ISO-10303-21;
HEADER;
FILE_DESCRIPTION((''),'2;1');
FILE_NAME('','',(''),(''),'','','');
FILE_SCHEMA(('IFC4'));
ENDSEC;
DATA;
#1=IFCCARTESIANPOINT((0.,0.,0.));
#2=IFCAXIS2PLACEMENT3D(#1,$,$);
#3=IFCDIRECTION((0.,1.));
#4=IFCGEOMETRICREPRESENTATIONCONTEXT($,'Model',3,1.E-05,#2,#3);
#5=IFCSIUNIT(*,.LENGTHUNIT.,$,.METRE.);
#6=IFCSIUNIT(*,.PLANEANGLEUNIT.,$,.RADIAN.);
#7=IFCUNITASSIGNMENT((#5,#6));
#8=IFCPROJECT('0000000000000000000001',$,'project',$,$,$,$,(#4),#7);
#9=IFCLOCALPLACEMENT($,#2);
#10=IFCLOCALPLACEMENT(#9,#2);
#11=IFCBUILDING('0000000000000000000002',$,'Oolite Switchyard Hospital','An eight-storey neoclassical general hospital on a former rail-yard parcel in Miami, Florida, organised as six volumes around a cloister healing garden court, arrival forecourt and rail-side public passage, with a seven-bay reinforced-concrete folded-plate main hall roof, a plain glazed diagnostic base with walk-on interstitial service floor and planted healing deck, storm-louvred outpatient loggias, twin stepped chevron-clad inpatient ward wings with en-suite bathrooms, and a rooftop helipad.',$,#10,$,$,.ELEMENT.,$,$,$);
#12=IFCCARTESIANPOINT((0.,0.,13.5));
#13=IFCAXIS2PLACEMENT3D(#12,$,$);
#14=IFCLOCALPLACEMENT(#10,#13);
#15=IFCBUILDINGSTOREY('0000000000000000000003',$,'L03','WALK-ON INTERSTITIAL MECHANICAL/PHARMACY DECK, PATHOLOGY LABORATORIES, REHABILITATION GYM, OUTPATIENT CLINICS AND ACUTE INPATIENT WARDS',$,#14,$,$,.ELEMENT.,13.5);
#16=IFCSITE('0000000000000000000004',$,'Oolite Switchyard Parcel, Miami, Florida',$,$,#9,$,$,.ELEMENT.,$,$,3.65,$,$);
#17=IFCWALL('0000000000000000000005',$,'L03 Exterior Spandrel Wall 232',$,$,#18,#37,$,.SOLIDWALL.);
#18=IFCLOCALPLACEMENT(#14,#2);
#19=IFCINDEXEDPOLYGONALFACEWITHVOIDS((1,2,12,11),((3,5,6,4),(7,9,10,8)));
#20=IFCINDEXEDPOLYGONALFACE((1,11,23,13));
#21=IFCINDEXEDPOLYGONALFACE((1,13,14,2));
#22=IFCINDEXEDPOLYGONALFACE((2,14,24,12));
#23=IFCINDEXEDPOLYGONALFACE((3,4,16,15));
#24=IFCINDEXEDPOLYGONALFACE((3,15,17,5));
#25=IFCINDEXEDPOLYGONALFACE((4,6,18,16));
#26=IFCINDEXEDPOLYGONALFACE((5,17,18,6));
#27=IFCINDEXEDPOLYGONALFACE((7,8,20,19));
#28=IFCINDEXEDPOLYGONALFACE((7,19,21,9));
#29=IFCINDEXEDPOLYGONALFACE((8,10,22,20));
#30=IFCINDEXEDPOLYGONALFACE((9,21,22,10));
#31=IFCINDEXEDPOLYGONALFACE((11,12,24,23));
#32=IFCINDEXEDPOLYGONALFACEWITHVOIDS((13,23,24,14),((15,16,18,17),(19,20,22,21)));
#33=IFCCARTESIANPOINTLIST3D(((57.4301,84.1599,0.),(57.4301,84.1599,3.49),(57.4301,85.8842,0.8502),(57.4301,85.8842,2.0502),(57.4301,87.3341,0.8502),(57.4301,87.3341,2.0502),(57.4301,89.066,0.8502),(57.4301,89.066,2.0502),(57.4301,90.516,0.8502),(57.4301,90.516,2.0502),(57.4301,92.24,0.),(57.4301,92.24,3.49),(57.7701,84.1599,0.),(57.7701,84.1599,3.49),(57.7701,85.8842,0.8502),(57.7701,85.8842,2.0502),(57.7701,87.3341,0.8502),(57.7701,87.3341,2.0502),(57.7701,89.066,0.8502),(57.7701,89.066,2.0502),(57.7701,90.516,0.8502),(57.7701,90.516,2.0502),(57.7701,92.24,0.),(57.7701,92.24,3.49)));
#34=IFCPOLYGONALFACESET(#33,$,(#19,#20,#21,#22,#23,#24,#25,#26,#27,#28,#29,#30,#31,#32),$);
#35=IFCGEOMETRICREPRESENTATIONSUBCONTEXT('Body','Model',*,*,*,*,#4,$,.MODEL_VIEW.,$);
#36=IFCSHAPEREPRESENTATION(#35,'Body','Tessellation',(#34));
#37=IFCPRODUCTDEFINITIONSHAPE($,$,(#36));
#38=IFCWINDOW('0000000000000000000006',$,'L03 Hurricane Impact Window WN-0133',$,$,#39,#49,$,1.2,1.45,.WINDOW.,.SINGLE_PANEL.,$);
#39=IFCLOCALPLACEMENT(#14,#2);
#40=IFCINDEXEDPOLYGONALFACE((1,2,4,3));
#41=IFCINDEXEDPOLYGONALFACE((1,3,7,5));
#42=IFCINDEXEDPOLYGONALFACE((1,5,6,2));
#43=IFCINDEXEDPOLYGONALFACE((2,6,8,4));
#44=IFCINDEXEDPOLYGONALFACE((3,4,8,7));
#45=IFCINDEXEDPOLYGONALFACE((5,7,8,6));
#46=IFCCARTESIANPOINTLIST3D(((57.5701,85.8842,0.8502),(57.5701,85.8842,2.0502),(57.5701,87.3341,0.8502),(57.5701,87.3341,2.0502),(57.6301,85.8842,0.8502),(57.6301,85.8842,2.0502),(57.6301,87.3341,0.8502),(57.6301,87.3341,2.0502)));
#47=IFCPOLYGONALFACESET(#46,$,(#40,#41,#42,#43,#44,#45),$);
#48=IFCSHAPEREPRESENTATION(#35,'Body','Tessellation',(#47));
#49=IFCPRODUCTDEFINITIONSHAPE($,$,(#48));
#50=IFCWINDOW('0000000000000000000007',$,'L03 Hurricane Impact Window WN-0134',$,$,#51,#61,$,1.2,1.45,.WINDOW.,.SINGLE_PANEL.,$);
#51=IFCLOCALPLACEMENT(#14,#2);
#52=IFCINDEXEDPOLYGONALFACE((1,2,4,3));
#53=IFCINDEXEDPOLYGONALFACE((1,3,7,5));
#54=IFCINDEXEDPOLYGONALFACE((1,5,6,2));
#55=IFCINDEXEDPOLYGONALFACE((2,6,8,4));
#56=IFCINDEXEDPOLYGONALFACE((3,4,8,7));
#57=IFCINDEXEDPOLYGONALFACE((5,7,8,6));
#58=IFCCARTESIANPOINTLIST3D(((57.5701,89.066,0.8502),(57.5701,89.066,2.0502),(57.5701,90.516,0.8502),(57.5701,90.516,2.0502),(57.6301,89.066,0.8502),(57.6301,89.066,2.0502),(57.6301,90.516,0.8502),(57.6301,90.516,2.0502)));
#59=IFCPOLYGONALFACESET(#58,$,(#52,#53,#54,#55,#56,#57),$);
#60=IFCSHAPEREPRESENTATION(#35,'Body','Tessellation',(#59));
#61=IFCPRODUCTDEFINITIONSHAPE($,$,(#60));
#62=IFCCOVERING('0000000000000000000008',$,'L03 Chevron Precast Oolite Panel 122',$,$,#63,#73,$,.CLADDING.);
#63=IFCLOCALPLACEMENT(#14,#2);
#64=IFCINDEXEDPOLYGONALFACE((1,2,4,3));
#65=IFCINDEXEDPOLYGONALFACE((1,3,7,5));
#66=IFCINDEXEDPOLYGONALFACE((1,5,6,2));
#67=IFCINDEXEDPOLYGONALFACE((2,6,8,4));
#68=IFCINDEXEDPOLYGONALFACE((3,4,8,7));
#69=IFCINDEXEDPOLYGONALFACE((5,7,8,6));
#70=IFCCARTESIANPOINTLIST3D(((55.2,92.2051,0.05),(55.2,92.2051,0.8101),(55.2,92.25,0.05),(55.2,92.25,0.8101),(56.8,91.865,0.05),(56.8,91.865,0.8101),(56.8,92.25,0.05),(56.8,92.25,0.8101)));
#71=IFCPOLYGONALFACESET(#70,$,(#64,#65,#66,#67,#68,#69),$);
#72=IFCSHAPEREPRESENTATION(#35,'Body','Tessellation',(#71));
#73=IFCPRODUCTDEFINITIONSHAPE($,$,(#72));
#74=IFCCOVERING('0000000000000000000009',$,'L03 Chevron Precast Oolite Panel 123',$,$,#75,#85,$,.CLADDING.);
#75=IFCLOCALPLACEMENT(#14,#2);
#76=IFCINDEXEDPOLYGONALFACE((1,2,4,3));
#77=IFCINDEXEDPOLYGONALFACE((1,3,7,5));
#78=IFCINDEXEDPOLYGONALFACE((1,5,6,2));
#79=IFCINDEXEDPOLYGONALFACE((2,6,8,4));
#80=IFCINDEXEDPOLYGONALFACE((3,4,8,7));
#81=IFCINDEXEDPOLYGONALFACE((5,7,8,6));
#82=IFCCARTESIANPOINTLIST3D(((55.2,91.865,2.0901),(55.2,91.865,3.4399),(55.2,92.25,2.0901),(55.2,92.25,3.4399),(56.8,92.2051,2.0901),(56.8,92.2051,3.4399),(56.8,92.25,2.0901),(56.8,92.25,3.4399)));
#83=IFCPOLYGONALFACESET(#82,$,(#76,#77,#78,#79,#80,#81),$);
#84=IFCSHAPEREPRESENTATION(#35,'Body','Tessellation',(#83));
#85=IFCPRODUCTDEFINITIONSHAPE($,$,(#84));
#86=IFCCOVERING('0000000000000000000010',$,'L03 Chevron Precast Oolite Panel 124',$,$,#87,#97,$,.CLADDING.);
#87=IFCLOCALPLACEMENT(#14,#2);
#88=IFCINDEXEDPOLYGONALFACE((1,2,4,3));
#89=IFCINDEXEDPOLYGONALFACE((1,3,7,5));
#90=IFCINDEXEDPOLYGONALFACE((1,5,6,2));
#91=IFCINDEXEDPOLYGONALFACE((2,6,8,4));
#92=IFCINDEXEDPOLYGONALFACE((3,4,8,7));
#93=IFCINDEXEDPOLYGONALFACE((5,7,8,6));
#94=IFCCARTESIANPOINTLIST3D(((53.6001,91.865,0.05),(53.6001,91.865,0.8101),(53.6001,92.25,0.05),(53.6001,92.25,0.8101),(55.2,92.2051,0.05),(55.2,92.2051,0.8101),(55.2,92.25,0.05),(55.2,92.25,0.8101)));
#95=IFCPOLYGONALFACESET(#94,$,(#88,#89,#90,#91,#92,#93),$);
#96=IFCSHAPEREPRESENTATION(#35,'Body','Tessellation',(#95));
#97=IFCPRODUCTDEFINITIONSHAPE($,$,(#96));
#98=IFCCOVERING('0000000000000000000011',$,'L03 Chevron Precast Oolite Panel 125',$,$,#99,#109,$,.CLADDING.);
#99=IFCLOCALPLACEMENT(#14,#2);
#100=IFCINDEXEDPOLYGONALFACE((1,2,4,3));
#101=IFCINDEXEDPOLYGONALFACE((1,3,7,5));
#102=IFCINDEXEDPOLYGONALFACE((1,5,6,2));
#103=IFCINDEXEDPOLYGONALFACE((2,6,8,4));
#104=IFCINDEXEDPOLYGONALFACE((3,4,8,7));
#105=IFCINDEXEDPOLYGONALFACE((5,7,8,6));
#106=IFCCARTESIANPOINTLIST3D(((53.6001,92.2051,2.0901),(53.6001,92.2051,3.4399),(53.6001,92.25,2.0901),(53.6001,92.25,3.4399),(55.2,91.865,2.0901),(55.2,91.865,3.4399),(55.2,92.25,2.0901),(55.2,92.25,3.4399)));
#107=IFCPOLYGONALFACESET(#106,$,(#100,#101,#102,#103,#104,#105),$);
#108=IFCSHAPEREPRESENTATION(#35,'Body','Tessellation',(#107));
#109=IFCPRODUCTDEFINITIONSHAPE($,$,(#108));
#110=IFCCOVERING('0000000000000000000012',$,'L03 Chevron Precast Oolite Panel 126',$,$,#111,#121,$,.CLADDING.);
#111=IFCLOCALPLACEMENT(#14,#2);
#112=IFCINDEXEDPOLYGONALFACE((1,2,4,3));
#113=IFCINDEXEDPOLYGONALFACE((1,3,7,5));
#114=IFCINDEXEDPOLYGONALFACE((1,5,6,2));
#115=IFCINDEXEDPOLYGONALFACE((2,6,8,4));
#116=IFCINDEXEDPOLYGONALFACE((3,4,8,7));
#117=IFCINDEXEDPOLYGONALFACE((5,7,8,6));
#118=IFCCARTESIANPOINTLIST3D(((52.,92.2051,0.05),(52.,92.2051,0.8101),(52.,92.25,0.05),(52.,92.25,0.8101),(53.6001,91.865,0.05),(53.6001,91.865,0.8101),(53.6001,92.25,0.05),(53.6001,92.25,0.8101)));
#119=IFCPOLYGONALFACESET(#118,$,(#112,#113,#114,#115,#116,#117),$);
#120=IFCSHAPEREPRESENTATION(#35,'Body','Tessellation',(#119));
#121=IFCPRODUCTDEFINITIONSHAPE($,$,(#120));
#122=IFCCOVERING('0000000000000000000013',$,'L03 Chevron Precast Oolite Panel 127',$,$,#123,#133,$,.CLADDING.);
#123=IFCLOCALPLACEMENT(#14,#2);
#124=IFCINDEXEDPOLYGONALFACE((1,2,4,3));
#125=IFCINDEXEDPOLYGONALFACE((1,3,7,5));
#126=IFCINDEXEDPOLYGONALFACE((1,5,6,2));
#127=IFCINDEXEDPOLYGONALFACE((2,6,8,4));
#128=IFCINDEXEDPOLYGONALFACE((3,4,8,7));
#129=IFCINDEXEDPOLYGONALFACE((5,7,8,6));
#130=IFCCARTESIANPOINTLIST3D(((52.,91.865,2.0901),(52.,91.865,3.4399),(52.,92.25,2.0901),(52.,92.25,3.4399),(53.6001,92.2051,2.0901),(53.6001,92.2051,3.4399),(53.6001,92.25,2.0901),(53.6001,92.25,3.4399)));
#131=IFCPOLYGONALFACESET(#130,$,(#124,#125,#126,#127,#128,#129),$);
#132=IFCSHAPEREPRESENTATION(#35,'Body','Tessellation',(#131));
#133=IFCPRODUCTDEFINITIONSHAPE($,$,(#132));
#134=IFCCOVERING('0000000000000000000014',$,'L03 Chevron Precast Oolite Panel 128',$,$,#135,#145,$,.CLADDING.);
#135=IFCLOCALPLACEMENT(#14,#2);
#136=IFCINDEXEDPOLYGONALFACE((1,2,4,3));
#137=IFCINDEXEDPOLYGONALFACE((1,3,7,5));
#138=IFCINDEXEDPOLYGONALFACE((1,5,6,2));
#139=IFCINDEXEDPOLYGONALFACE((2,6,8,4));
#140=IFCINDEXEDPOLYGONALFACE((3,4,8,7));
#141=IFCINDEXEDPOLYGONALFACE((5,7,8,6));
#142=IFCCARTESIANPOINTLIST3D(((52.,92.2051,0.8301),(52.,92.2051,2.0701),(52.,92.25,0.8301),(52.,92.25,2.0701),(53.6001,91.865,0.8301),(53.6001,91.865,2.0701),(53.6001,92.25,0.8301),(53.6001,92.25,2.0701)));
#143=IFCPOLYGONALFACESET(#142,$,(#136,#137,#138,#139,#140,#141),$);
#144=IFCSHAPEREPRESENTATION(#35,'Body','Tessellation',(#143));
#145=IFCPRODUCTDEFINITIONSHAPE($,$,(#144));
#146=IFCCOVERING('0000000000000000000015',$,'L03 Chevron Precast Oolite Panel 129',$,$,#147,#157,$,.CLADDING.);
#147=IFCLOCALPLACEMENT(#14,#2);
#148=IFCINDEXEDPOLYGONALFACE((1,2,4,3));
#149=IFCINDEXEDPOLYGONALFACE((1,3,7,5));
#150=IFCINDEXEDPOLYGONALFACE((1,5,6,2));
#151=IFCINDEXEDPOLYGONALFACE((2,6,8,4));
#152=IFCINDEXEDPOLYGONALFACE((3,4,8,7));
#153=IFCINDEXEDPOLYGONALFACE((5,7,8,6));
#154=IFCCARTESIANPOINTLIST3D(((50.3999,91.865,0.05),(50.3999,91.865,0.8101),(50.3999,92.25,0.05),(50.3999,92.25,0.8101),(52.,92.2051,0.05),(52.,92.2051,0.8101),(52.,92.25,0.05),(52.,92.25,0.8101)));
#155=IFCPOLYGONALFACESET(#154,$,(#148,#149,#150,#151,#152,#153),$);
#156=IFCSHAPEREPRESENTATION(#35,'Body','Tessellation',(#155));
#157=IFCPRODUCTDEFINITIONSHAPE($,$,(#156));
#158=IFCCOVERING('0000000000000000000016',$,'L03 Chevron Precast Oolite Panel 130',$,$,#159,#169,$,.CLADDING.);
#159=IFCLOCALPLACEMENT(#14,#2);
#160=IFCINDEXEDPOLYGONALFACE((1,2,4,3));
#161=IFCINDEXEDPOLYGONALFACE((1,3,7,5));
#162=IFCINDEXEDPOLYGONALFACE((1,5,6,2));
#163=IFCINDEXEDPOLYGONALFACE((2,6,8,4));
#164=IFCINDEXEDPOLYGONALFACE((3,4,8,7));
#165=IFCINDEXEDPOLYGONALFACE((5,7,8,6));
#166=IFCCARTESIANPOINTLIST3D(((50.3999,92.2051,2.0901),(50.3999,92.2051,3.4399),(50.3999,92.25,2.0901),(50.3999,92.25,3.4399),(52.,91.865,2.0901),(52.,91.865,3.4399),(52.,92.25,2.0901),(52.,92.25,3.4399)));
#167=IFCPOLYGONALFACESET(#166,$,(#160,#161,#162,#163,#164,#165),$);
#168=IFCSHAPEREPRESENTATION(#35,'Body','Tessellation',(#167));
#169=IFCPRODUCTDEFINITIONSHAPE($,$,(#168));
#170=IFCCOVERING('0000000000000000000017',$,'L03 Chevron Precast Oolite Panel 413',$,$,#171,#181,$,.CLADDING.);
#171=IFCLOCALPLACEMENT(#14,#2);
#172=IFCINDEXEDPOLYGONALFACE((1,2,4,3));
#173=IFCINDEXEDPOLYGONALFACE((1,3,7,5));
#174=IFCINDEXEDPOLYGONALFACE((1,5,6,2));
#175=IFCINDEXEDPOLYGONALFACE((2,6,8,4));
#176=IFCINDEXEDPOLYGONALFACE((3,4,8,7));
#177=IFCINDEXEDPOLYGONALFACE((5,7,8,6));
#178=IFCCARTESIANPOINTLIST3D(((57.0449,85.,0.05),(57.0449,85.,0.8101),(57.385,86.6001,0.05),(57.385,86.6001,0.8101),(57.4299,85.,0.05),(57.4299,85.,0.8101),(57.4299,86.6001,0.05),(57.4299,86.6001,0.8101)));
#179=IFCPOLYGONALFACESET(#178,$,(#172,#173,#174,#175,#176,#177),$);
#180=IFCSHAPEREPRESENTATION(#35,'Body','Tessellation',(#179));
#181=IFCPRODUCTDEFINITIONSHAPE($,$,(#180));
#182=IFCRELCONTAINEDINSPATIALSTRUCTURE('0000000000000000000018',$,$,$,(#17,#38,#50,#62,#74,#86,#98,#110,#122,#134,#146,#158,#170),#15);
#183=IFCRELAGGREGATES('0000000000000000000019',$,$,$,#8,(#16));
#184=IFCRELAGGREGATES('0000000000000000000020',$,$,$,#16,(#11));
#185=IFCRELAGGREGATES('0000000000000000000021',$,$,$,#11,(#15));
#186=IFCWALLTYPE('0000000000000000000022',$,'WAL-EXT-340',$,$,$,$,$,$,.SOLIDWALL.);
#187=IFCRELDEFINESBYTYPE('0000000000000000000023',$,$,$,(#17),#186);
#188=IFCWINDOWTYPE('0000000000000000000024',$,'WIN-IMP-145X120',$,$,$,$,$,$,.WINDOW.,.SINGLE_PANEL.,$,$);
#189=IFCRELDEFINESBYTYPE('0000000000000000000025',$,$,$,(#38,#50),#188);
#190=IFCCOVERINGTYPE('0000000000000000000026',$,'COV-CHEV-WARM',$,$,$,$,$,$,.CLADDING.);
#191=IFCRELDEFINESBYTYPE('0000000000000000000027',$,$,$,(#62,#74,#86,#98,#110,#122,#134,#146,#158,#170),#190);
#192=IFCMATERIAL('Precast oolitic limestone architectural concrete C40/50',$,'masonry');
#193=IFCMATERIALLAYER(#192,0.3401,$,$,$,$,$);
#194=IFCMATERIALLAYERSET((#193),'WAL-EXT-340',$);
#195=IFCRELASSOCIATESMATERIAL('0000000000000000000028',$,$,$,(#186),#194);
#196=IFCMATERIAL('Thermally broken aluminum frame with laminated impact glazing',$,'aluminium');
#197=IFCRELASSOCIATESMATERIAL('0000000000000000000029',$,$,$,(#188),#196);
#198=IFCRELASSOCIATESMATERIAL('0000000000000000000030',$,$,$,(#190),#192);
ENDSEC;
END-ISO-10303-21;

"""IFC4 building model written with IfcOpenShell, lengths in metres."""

from ifc_helpers import new_model, si_unit, direction, frame, frame_2d, origin, place, context, subcontext, project, spatial, polyline, rectangle, outline, extrude, material, layer, layer_set, type_object, element, fill, save


model = new_model("IFC4")

# Units and contexts
model_context = context("Model", 3, precision=1e-05, world=origin(), true_north=direction((0.0, 1.0)))
body_context = subcontext(model_context, "Body", "Model", "MODEL_VIEW")
ifc_project = project(units=[si_unit("LENGTHUNIT", "METRE"), si_unit("PLANEANGLEUNIT", "RADIAN")], contexts=[model_context])

# Site, building, storey
site_placement = place(None, origin())
site = spatial("IfcSite", under=ifc_project, at=site_placement, Name="Oolite Switchyard Parcel, Miami, Florida", CompositionType="ELEMENT", RefElevation=3.65)
building_placement = place(site_placement, origin())
building = spatial("IfcBuilding", under=site, at=building_placement, Name="Oolite Switchyard Hospital", Description="An eight-storey neoclassical general hospital on a former rail-yard parcel in Miami, Florida, organised as six volumes around a cloister healing garden court, arrival forecourt and rail-side public passage, with a seven-bay reinforced-concrete folded-plate main hall roof, a plain glazed diagnostic base with walk-on interstitial service floor and planted healing deck, storm-louvred outpatient loggias, twin stepped chevron-clad inpatient ward wings with en-suite bathrooms, and a rooftop helipad.", CompositionType="ELEMENT")
storey_placement = place(building_placement, frame((0.0, 0.0, 13.5)))
storey = spatial("IfcBuildingStorey", under=building, at=storey_placement, Name="L03", Description="WALK-ON INTERSTITIAL MECHANICAL/PHARMACY DECK, PATHOLOGY LABORATORIES, REHABILITATION GYM, OUTPATIENT CLINICS AND ACUTE INPATIENT WARDS", CompositionType="ELEMENT", Elevation=13.5)

# Wall, openings, windows
ifc_material_1 = material(Name="Precast oolitic limestone architectural concrete C40/50", Category="masonry")
ifc_layer = layer(ifc_material_1, 0.3401)
ifc_layer_set = layer_set([ifc_layer], Name="WAL-EXT-340")
wall_type = type_object("IfcWallType", Name="WAL-EXT-340", PredefinedType="SOLIDWALL", material=ifc_layer_set)
wall_placement = place(storey_placement, frame((57.6001, 84.1599, 0.0), z_axis=(0.0, 0.0, 1.0), x_axis=(0.0, 1.0, 0.0)))
wall = element("IfcWall", 1, at=wall_placement, inside=storey, type_object=wall_type, Name="L03 Exterior Spandrel Wall 232", PredefinedType="SOLIDWALL", context=body_context, shape_type="SweptSolid", body=[
    extrude(rectangle(XDim=8.0801, YDim=0.3401, at=frame_2d((4.04, 0.0))), origin(), (0.0, 0.0, 1.0), 3.49),
])
opening_1_placement = place(wall_placement, frame((1.7241, 0.0, 0.8501)))
opening_1 = element("IfcOpeningElement", 2, at=opening_1_placement, cuts=wall, PredefinedType="OPENING", context=body_context, shape_type="SweptSolid", body=[
    extrude(rectangle(XDim=1.45, YDim=1.2, at=frame_2d((0.7251, 0.6001))), frame((0.0, 0.1802, 0.0), z_axis=(0.0, -1.0, 0.0), x_axis=(1.0, 0.0, 0.0)), (0.0, 0.0, 1.0), 0.3601),
])
opening_2_placement = place(wall_placement, frame((4.906, 0.0, 0.8501)))
opening_2 = element("IfcOpeningElement", 3, at=opening_2_placement, cuts=wall, PredefinedType="OPENING", context=body_context, shape_type="SweptSolid", body=[
    extrude(rectangle(XDim=1.45, YDim=1.2, at=frame_2d((0.7251, 0.6001))), frame((0.0, 0.1802, 0.0), z_axis=(0.0, -1.0, 0.0), x_axis=(1.0, 0.0, 0.0)), (0.0, 0.0, 1.0), 0.3601),
])
ifc_material_2 = material(Name="Thermally broken aluminum frame with laminated impact glazing", Category="aluminium")
window_type = type_object("IfcWindowType", Name="WIN-IMP-145X120", PartitioningType="SINGLE_PANEL", PredefinedType="WINDOW", material=ifc_material_2)
window_1_placement = place(opening_1_placement, origin())
window_1 = element("IfcWindow", 4, at=window_1_placement, inside=storey, type_object=window_type, Name="L03 Hurricane Impact Window WN-0133", OverallHeight=1.2, OverallWidth=1.45, PartitioningType="SINGLE_PANEL", PredefinedType="WINDOW", context=body_context, shape_type="SweptSolid", body=[
    extrude(rectangle(XDim=1.45, YDim=1.2, at=frame_2d((0.7251, 0.6001))), frame((0.0, 0.03, 0.0), z_axis=(0.0, -1.0, 0.0), x_axis=(1.0, 0.0, 0.0)), (0.0, 0.0, 1.0), 0.0601),
])
fill(opening_1, window_1)
window_2_placement = place(opening_2_placement, origin())
window_2 = element("IfcWindow", 5, at=window_2_placement, inside=storey, type_object=window_type, Name="L03 Hurricane Impact Window WN-0134", OverallHeight=1.2, OverallWidth=1.45, PartitioningType="SINGLE_PANEL", PredefinedType="WINDOW", context=body_context, shape_type="SweptSolid", body=[
    extrude(rectangle(XDim=1.45, YDim=1.2, at=frame_2d((0.7251, 0.6001))), frame((0.0, 0.03, 0.0), z_axis=(0.0, -1.0, 0.0), x_axis=(1.0, 0.0, 0.0)), (0.0, 0.0, 1.0), 0.0601),
])
fill(opening_2, window_2)

# Coverings
covering_type = type_object("IfcCoveringType", Name="COV-CHEV-WARM", PredefinedType="CLADDING", material=ifc_material_1)
covering_1_placement = place(storey_placement, frame((56.8, 92.25, 0.05), z_axis=(0.0, 0.0, 1.0), x_axis=(-1.0, 0.0, 0.0)))
element("IfcCovering", 6, at=covering_1_placement, inside=storey, type_object=covering_type, Name="L03 Chevron Precast Oolite Panel 122", PredefinedType="CLADDING", context=body_context, shape_type="SweptSolid", body=[
    extrude(outline(polyline([(0.0, 0.0), (1.6001, 0.0), (1.6001, 0.0449), (0.0, 0.385), (0.0, 0.0)])), origin(), (0.0, 0.0, 1.0), 0.76),
])
covering_2_placement = place(storey_placement, frame((56.8, 92.25, 2.0901), z_axis=(0.0, 0.0, 1.0), x_axis=(-1.0, 0.0, 0.0)))
element("IfcCovering", 7, at=covering_2_placement, inside=storey, type_object=covering_type, Name="L03 Chevron Precast Oolite Panel 123", PredefinedType="CLADDING", context=body_context, shape_type="SweptSolid", body=[
    extrude(outline(polyline([(0.0, 0.0), (1.6001, 0.0), (1.6001, 0.385), (0.0, 0.0449), (0.0, 0.0)])), origin(), (0.0, 0.0, 1.0), 1.3499),
])
covering_3_placement = place(storey_placement, frame((55.2, 92.25, 0.05), z_axis=(0.0, 0.0, 1.0), x_axis=(-1.0, 0.0, 0.0)))
element("IfcCovering", 8, at=covering_3_placement, inside=storey, type_object=covering_type, Name="L03 Chevron Precast Oolite Panel 124", PredefinedType="CLADDING", context=body_context, shape_type="SweptSolid", body=[
    extrude(outline(polyline([(0.0, 0.0), (1.5999, 0.0), (1.5999, 0.385), (0.0, 0.0449), (0.0, 0.0)])), origin(), (0.0, 0.0, 1.0), 0.76),
])
covering_4_placement = place(storey_placement, frame((55.2, 92.25, 2.0901), z_axis=(0.0, 0.0, 1.0), x_axis=(-1.0, 0.0, 0.0)))
element("IfcCovering", 9, at=covering_4_placement, inside=storey, type_object=covering_type, Name="L03 Chevron Precast Oolite Panel 125", PredefinedType="CLADDING", context=body_context, shape_type="SweptSolid", body=[
    extrude(outline(polyline([(0.0, 0.0), (1.5999, 0.0), (1.5999, 0.0449), (0.0, 0.385), (0.0, 0.0)])), origin(), (0.0, 0.0, 1.0), 1.3499),
])
covering_5_placement = place(storey_placement, frame((53.6001, 92.25, 0.05), z_axis=(0.0, 0.0, 1.0), x_axis=(-1.0, 0.0, 0.0)))
element("IfcCovering", 10, at=covering_5_placement, inside=storey, type_object=covering_type, Name="L03 Chevron Precast Oolite Panel 126", PredefinedType="CLADDING", context=body_context, shape_type="SweptSolid", body=[
    extrude(outline(polyline([(0.0, 0.0), (1.6001, 0.0), (1.6001, 0.0449), (0.0, 0.385), (0.0, 0.0)])), origin(), (0.0, 0.0, 1.0), 0.76),
])
covering_6_placement = place(storey_placement, frame((53.6001, 92.25, 2.0901), z_axis=(0.0, 0.0, 1.0), x_axis=(-1.0, 0.0, 0.0)))
element("IfcCovering", 11, at=covering_6_placement, inside=storey, type_object=covering_type, Name="L03 Chevron Precast Oolite Panel 127", PredefinedType="CLADDING", context=body_context, shape_type="SweptSolid", body=[
    extrude(outline(polyline([(0.0, 0.0), (1.6001, 0.0), (1.6001, 0.385), (0.0, 0.0449), (0.0, 0.0)])), origin(), (0.0, 0.0, 1.0), 1.3499),
])
covering_7_placement = place(storey_placement, frame((53.6001, 92.25, 0.8301), z_axis=(0.0, 0.0, 1.0), x_axis=(-1.0, 0.0, 0.0)))
element("IfcCovering", 12, at=covering_7_placement, inside=storey, type_object=covering_type, Name="L03 Chevron Precast Oolite Panel 128", PredefinedType="CLADDING", context=body_context, shape_type="SweptSolid", body=[
    extrude(outline(polyline([(0.0, 0.0), (1.6001, 0.0), (1.6001, 0.0449), (0.0, 0.385), (0.0, 0.0)])), origin(), (0.0, 0.0, 1.0), 1.24),
])
covering_8_placement = place(storey_placement, frame((52.0, 92.25, 0.05), z_axis=(0.0, 0.0, 1.0), x_axis=(-1.0, 0.0, 0.0)))
element("IfcCovering", 13, at=covering_8_placement, inside=storey, type_object=covering_type, Name="L03 Chevron Precast Oolite Panel 129", PredefinedType="CLADDING", context=body_context, shape_type="SweptSolid", body=[
    extrude(outline(polyline([(0.0, 0.0), (1.6001, 0.0), (1.6001, 0.385), (0.0, 0.0449), (0.0, 0.0)])), origin(), (0.0, 0.0, 1.0), 0.76),
])
covering_9_placement = place(storey_placement, frame((52.0, 92.25, 2.0901), z_axis=(0.0, 0.0, 1.0), x_axis=(-1.0, 0.0, 0.0)))
element("IfcCovering", 14, at=covering_9_placement, inside=storey, type_object=covering_type, Name="L03 Chevron Precast Oolite Panel 130", PredefinedType="CLADDING", context=body_context, shape_type="SweptSolid", body=[
    extrude(outline(polyline([(0.0, 0.0), (1.6001, 0.0), (1.6001, 0.0449), (0.0, 0.385), (0.0, 0.0)])), origin(), (0.0, 0.0, 1.0), 1.3499),
])
covering_10_placement = place(storey_placement, frame((57.4299, 85.0, 0.05), z_axis=(0.0, 0.0, 1.0), x_axis=(0.0, 1.0, 0.0)))
element("IfcCovering", 15, at=covering_10_placement, inside=storey, type_object=covering_type, Name="L03 Chevron Precast Oolite Panel 413", PredefinedType="CLADDING", context=body_context, shape_type="SweptSolid", body=[
    extrude(outline(polyline([(0.0, 0.0), (1.6001, 0.0), (1.6001, 0.0449), (0.0, 0.385), (0.0, 0.0)])), origin(), (0.0, 0.0, 1.0), 0.76),
])

save(model, "model.ifc")
